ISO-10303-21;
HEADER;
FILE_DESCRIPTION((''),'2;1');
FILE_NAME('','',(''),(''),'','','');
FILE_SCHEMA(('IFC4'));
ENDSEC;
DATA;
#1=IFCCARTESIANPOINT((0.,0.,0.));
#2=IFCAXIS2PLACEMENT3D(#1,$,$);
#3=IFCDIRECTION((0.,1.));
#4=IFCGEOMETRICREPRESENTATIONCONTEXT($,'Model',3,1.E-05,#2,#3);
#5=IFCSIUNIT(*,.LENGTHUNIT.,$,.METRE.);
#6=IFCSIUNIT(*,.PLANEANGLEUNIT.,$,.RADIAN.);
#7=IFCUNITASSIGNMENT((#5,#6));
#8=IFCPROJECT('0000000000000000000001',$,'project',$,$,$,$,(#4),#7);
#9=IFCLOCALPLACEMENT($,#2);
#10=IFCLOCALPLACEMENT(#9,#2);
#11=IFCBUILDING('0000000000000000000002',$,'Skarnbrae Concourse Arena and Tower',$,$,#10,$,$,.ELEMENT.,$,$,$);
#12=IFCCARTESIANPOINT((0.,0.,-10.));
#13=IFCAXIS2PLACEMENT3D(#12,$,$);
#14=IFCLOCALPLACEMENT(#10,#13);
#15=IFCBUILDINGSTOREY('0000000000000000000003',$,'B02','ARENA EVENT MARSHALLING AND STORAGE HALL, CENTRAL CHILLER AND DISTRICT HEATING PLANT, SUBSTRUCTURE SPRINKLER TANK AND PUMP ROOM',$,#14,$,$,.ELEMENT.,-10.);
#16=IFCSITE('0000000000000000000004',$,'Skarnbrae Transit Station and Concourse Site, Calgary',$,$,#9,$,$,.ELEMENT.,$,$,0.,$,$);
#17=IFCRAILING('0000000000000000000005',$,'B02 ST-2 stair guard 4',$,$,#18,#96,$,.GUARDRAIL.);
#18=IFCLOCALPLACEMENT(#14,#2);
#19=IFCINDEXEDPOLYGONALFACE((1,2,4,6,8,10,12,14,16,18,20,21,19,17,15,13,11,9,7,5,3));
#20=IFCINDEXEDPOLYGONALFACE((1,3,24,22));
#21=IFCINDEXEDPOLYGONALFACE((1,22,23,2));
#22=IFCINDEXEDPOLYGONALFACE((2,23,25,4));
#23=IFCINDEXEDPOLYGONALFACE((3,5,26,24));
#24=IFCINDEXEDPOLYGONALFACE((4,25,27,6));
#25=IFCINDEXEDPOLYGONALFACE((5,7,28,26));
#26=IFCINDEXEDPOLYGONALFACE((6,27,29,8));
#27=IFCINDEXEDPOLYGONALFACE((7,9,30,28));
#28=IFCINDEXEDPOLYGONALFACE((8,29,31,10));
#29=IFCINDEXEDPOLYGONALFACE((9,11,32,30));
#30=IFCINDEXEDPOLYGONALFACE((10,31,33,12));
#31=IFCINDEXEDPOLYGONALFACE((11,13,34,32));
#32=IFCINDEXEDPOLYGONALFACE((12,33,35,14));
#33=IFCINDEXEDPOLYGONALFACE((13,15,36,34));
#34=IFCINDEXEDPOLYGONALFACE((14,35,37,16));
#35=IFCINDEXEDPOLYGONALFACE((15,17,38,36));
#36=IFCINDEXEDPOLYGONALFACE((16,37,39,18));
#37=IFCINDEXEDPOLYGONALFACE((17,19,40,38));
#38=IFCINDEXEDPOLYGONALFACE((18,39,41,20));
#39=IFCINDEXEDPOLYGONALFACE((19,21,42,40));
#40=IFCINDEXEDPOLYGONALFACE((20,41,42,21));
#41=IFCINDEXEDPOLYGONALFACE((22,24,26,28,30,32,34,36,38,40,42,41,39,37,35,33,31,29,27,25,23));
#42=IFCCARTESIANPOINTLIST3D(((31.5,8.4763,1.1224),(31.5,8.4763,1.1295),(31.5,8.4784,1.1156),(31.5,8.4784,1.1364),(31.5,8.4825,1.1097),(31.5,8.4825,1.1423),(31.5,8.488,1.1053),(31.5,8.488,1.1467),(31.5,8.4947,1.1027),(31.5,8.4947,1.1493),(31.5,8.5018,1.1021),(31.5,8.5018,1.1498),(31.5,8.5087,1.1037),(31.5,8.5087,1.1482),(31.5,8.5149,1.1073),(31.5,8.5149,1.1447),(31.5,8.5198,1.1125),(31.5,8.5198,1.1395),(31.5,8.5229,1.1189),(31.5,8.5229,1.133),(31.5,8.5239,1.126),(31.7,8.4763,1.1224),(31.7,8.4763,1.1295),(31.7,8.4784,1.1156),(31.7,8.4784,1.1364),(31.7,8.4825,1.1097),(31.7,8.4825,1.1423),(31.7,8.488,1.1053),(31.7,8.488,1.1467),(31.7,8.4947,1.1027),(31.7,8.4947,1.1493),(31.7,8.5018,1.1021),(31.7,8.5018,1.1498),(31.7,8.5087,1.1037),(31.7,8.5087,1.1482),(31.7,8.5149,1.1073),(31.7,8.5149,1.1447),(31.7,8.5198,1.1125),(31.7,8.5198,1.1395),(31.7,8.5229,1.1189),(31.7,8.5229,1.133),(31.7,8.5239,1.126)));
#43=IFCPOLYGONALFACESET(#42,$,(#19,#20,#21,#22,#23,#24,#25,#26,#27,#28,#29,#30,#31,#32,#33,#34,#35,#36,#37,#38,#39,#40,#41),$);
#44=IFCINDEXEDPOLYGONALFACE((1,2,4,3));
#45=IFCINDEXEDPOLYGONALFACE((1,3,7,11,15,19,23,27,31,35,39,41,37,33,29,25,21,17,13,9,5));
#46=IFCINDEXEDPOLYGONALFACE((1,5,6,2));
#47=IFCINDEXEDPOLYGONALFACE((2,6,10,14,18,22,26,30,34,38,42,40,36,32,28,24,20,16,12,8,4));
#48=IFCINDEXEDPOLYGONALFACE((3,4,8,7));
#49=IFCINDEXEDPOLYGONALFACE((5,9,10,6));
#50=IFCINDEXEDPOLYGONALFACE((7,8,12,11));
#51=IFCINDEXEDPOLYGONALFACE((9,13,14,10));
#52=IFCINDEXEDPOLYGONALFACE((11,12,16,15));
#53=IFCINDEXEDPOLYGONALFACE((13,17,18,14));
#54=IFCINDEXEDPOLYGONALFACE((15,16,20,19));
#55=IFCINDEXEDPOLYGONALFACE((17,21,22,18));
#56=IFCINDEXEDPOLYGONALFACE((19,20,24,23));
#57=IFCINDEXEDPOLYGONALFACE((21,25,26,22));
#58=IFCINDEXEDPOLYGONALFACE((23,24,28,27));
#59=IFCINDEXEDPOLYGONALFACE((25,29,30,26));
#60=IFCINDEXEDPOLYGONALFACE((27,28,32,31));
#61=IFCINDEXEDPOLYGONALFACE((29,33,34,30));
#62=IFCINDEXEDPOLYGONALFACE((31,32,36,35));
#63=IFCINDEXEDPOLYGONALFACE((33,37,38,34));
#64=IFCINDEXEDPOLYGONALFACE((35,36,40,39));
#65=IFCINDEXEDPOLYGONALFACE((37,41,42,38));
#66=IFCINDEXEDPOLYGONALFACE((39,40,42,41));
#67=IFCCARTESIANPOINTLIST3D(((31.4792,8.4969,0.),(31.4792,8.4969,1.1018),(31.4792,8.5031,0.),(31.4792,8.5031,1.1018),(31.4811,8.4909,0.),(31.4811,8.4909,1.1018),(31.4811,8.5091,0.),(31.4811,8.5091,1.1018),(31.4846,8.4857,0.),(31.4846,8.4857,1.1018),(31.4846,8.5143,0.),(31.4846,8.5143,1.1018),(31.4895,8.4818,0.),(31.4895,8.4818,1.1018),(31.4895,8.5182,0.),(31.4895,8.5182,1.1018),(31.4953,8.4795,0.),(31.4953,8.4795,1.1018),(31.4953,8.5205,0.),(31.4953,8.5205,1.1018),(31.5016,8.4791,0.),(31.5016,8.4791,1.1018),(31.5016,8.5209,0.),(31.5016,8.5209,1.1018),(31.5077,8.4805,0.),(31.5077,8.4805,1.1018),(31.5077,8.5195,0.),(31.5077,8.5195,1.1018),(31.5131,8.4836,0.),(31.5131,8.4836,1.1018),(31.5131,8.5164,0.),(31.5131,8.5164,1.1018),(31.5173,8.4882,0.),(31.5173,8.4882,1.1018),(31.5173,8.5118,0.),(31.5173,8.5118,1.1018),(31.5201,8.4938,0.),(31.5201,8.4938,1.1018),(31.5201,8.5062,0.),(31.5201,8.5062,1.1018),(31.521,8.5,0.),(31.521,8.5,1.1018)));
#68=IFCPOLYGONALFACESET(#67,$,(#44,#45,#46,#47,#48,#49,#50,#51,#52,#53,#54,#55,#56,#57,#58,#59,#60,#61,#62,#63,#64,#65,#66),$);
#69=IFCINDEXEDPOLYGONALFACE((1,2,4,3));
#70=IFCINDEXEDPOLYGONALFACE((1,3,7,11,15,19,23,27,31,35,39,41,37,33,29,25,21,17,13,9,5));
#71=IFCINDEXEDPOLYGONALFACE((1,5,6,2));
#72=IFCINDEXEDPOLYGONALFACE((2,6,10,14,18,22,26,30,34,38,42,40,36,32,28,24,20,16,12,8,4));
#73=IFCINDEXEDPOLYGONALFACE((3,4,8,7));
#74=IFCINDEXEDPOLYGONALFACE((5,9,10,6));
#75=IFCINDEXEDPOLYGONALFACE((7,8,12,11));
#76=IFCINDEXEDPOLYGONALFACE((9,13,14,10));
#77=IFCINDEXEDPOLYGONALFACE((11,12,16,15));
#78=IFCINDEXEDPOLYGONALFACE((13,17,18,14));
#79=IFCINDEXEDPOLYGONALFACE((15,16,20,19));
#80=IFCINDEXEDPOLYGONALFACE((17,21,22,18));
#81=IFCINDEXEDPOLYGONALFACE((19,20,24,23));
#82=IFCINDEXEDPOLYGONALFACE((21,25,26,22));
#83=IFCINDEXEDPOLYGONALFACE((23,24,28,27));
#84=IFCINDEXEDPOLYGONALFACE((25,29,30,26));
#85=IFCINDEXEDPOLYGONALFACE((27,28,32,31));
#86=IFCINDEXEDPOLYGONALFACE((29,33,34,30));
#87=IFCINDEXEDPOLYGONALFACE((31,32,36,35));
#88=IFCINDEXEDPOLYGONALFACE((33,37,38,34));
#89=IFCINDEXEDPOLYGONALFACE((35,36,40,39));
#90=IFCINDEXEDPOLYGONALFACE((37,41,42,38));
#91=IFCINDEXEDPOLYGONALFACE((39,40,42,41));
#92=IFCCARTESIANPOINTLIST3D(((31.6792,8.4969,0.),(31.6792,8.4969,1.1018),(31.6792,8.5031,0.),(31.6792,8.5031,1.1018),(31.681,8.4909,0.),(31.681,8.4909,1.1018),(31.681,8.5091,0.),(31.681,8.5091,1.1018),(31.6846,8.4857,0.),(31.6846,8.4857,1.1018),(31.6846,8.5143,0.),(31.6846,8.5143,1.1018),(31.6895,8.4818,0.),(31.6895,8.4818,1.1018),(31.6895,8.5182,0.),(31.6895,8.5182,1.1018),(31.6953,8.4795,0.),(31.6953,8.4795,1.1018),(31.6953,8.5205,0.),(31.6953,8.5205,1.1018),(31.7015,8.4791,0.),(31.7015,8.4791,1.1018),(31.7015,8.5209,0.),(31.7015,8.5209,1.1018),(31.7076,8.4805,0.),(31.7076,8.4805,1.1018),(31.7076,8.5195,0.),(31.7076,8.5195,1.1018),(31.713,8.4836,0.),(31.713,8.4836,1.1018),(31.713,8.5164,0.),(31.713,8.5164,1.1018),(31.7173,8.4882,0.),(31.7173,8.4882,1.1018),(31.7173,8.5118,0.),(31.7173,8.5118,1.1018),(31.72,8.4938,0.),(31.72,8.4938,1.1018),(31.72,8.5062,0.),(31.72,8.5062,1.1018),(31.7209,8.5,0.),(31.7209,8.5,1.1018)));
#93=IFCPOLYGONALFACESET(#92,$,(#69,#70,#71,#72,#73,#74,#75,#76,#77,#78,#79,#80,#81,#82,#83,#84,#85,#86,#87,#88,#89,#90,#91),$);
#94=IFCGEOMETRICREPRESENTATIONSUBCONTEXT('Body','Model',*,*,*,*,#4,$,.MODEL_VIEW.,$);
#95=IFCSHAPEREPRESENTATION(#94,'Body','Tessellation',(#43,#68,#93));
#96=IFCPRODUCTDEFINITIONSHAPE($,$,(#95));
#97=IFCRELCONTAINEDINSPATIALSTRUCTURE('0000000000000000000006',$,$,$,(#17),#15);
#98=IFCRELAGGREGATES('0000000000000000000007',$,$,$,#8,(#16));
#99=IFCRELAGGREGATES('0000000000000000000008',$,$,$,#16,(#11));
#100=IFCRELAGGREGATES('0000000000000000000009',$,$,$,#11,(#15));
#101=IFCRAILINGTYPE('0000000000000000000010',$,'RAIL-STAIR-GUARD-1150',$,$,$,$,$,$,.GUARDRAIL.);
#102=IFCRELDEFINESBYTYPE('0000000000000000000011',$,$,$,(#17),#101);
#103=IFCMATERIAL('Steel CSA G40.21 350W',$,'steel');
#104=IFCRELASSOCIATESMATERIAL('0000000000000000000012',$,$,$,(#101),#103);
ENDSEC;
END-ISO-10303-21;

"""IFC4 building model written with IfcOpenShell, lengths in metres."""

from ifc_helpers import new_model, si_unit, direction, frame, origin, origin_2d, place, context, subcontext, project, spatial, circle, extrude, material, type_object, element, save


model = new_model("IFC4")

# Units and contexts
model_context = context("Model", 3, precision=1e-05, world=origin(), true_north=direction((0.0, 1.0)))
body_context = subcontext(model_context, "Body", "Model", "MODEL_VIEW")
ifc_project = project(units=[si_unit("LENGTHUNIT", "METRE"), si_unit("PLANEANGLEUNIT", "RADIAN")], contexts=[model_context])

# Site, building, storey
site_placement = place(None, origin())
site = spatial("IfcSite", under=ifc_project, at=site_placement, Name="Skarnbrae Transit Station and Concourse Site, Calgary", CompositionType="ELEMENT", RefElevation=0.0)
building_placement = place(site_placement, origin())
building = spatial("IfcBuilding", under=site, at=building_placement, Name="Skarnbrae Concourse Arena and Tower", CompositionType="ELEMENT")
storey_placement = place(building_placement, frame((0.0, 0.0, -10.0)))
storey = spatial("IfcBuildingStorey", under=building, at=storey_placement, Name="B02", Description="ARENA EVENT MARSHALLING AND STORAGE HALL, CENTRAL CHILLER AND DISTRICT HEATING PLANT, SUBSTRUCTURE SPRINKLER TANK AND PUMP ROOM", CompositionType="ELEMENT", Elevation=-10.0)

# Shared definitions
ifc_material_1 = material(Name="Steel CSA G40.21 350W", Category="steel")

# Railing
railing_type_1 = type_object("IfcRailingType", Name="RAIL-STAIR-GUARD-1150", PredefinedType="GUARDRAIL", material=ifc_material_1)
railing_1_placement = place(storey_placement, frame((31.5, 8.5, 0.0)))
element("IfcRailing", 1, at=railing_1_placement, inside=storey, type_object=railing_type_1, Name="B02 ST-2 stair guard 4", PredefinedType="GUARDRAIL", context=body_context, shape_type="SweptSolid", body=[
    extrude(circle(Radius=0.0239, at=origin_2d()), frame((0.0, 0.0, 1.126), z_axis=(1.0, 0.0, 0.0), x_axis=(0.0, 1.0, 0.0)), (0.0, 0.0, 1.0), 0.2),
    extrude(circle(Radius=0.021, at=origin_2d()), origin(), (0.0, 0.0, 1.0), 1.1018),
    extrude(circle(Radius=0.021, at=origin_2d()), frame((0.2, 0.0, 0.0)), (0.0, 0.0, 1.0), 1.1018),
])

save(model, "model.ifc")
